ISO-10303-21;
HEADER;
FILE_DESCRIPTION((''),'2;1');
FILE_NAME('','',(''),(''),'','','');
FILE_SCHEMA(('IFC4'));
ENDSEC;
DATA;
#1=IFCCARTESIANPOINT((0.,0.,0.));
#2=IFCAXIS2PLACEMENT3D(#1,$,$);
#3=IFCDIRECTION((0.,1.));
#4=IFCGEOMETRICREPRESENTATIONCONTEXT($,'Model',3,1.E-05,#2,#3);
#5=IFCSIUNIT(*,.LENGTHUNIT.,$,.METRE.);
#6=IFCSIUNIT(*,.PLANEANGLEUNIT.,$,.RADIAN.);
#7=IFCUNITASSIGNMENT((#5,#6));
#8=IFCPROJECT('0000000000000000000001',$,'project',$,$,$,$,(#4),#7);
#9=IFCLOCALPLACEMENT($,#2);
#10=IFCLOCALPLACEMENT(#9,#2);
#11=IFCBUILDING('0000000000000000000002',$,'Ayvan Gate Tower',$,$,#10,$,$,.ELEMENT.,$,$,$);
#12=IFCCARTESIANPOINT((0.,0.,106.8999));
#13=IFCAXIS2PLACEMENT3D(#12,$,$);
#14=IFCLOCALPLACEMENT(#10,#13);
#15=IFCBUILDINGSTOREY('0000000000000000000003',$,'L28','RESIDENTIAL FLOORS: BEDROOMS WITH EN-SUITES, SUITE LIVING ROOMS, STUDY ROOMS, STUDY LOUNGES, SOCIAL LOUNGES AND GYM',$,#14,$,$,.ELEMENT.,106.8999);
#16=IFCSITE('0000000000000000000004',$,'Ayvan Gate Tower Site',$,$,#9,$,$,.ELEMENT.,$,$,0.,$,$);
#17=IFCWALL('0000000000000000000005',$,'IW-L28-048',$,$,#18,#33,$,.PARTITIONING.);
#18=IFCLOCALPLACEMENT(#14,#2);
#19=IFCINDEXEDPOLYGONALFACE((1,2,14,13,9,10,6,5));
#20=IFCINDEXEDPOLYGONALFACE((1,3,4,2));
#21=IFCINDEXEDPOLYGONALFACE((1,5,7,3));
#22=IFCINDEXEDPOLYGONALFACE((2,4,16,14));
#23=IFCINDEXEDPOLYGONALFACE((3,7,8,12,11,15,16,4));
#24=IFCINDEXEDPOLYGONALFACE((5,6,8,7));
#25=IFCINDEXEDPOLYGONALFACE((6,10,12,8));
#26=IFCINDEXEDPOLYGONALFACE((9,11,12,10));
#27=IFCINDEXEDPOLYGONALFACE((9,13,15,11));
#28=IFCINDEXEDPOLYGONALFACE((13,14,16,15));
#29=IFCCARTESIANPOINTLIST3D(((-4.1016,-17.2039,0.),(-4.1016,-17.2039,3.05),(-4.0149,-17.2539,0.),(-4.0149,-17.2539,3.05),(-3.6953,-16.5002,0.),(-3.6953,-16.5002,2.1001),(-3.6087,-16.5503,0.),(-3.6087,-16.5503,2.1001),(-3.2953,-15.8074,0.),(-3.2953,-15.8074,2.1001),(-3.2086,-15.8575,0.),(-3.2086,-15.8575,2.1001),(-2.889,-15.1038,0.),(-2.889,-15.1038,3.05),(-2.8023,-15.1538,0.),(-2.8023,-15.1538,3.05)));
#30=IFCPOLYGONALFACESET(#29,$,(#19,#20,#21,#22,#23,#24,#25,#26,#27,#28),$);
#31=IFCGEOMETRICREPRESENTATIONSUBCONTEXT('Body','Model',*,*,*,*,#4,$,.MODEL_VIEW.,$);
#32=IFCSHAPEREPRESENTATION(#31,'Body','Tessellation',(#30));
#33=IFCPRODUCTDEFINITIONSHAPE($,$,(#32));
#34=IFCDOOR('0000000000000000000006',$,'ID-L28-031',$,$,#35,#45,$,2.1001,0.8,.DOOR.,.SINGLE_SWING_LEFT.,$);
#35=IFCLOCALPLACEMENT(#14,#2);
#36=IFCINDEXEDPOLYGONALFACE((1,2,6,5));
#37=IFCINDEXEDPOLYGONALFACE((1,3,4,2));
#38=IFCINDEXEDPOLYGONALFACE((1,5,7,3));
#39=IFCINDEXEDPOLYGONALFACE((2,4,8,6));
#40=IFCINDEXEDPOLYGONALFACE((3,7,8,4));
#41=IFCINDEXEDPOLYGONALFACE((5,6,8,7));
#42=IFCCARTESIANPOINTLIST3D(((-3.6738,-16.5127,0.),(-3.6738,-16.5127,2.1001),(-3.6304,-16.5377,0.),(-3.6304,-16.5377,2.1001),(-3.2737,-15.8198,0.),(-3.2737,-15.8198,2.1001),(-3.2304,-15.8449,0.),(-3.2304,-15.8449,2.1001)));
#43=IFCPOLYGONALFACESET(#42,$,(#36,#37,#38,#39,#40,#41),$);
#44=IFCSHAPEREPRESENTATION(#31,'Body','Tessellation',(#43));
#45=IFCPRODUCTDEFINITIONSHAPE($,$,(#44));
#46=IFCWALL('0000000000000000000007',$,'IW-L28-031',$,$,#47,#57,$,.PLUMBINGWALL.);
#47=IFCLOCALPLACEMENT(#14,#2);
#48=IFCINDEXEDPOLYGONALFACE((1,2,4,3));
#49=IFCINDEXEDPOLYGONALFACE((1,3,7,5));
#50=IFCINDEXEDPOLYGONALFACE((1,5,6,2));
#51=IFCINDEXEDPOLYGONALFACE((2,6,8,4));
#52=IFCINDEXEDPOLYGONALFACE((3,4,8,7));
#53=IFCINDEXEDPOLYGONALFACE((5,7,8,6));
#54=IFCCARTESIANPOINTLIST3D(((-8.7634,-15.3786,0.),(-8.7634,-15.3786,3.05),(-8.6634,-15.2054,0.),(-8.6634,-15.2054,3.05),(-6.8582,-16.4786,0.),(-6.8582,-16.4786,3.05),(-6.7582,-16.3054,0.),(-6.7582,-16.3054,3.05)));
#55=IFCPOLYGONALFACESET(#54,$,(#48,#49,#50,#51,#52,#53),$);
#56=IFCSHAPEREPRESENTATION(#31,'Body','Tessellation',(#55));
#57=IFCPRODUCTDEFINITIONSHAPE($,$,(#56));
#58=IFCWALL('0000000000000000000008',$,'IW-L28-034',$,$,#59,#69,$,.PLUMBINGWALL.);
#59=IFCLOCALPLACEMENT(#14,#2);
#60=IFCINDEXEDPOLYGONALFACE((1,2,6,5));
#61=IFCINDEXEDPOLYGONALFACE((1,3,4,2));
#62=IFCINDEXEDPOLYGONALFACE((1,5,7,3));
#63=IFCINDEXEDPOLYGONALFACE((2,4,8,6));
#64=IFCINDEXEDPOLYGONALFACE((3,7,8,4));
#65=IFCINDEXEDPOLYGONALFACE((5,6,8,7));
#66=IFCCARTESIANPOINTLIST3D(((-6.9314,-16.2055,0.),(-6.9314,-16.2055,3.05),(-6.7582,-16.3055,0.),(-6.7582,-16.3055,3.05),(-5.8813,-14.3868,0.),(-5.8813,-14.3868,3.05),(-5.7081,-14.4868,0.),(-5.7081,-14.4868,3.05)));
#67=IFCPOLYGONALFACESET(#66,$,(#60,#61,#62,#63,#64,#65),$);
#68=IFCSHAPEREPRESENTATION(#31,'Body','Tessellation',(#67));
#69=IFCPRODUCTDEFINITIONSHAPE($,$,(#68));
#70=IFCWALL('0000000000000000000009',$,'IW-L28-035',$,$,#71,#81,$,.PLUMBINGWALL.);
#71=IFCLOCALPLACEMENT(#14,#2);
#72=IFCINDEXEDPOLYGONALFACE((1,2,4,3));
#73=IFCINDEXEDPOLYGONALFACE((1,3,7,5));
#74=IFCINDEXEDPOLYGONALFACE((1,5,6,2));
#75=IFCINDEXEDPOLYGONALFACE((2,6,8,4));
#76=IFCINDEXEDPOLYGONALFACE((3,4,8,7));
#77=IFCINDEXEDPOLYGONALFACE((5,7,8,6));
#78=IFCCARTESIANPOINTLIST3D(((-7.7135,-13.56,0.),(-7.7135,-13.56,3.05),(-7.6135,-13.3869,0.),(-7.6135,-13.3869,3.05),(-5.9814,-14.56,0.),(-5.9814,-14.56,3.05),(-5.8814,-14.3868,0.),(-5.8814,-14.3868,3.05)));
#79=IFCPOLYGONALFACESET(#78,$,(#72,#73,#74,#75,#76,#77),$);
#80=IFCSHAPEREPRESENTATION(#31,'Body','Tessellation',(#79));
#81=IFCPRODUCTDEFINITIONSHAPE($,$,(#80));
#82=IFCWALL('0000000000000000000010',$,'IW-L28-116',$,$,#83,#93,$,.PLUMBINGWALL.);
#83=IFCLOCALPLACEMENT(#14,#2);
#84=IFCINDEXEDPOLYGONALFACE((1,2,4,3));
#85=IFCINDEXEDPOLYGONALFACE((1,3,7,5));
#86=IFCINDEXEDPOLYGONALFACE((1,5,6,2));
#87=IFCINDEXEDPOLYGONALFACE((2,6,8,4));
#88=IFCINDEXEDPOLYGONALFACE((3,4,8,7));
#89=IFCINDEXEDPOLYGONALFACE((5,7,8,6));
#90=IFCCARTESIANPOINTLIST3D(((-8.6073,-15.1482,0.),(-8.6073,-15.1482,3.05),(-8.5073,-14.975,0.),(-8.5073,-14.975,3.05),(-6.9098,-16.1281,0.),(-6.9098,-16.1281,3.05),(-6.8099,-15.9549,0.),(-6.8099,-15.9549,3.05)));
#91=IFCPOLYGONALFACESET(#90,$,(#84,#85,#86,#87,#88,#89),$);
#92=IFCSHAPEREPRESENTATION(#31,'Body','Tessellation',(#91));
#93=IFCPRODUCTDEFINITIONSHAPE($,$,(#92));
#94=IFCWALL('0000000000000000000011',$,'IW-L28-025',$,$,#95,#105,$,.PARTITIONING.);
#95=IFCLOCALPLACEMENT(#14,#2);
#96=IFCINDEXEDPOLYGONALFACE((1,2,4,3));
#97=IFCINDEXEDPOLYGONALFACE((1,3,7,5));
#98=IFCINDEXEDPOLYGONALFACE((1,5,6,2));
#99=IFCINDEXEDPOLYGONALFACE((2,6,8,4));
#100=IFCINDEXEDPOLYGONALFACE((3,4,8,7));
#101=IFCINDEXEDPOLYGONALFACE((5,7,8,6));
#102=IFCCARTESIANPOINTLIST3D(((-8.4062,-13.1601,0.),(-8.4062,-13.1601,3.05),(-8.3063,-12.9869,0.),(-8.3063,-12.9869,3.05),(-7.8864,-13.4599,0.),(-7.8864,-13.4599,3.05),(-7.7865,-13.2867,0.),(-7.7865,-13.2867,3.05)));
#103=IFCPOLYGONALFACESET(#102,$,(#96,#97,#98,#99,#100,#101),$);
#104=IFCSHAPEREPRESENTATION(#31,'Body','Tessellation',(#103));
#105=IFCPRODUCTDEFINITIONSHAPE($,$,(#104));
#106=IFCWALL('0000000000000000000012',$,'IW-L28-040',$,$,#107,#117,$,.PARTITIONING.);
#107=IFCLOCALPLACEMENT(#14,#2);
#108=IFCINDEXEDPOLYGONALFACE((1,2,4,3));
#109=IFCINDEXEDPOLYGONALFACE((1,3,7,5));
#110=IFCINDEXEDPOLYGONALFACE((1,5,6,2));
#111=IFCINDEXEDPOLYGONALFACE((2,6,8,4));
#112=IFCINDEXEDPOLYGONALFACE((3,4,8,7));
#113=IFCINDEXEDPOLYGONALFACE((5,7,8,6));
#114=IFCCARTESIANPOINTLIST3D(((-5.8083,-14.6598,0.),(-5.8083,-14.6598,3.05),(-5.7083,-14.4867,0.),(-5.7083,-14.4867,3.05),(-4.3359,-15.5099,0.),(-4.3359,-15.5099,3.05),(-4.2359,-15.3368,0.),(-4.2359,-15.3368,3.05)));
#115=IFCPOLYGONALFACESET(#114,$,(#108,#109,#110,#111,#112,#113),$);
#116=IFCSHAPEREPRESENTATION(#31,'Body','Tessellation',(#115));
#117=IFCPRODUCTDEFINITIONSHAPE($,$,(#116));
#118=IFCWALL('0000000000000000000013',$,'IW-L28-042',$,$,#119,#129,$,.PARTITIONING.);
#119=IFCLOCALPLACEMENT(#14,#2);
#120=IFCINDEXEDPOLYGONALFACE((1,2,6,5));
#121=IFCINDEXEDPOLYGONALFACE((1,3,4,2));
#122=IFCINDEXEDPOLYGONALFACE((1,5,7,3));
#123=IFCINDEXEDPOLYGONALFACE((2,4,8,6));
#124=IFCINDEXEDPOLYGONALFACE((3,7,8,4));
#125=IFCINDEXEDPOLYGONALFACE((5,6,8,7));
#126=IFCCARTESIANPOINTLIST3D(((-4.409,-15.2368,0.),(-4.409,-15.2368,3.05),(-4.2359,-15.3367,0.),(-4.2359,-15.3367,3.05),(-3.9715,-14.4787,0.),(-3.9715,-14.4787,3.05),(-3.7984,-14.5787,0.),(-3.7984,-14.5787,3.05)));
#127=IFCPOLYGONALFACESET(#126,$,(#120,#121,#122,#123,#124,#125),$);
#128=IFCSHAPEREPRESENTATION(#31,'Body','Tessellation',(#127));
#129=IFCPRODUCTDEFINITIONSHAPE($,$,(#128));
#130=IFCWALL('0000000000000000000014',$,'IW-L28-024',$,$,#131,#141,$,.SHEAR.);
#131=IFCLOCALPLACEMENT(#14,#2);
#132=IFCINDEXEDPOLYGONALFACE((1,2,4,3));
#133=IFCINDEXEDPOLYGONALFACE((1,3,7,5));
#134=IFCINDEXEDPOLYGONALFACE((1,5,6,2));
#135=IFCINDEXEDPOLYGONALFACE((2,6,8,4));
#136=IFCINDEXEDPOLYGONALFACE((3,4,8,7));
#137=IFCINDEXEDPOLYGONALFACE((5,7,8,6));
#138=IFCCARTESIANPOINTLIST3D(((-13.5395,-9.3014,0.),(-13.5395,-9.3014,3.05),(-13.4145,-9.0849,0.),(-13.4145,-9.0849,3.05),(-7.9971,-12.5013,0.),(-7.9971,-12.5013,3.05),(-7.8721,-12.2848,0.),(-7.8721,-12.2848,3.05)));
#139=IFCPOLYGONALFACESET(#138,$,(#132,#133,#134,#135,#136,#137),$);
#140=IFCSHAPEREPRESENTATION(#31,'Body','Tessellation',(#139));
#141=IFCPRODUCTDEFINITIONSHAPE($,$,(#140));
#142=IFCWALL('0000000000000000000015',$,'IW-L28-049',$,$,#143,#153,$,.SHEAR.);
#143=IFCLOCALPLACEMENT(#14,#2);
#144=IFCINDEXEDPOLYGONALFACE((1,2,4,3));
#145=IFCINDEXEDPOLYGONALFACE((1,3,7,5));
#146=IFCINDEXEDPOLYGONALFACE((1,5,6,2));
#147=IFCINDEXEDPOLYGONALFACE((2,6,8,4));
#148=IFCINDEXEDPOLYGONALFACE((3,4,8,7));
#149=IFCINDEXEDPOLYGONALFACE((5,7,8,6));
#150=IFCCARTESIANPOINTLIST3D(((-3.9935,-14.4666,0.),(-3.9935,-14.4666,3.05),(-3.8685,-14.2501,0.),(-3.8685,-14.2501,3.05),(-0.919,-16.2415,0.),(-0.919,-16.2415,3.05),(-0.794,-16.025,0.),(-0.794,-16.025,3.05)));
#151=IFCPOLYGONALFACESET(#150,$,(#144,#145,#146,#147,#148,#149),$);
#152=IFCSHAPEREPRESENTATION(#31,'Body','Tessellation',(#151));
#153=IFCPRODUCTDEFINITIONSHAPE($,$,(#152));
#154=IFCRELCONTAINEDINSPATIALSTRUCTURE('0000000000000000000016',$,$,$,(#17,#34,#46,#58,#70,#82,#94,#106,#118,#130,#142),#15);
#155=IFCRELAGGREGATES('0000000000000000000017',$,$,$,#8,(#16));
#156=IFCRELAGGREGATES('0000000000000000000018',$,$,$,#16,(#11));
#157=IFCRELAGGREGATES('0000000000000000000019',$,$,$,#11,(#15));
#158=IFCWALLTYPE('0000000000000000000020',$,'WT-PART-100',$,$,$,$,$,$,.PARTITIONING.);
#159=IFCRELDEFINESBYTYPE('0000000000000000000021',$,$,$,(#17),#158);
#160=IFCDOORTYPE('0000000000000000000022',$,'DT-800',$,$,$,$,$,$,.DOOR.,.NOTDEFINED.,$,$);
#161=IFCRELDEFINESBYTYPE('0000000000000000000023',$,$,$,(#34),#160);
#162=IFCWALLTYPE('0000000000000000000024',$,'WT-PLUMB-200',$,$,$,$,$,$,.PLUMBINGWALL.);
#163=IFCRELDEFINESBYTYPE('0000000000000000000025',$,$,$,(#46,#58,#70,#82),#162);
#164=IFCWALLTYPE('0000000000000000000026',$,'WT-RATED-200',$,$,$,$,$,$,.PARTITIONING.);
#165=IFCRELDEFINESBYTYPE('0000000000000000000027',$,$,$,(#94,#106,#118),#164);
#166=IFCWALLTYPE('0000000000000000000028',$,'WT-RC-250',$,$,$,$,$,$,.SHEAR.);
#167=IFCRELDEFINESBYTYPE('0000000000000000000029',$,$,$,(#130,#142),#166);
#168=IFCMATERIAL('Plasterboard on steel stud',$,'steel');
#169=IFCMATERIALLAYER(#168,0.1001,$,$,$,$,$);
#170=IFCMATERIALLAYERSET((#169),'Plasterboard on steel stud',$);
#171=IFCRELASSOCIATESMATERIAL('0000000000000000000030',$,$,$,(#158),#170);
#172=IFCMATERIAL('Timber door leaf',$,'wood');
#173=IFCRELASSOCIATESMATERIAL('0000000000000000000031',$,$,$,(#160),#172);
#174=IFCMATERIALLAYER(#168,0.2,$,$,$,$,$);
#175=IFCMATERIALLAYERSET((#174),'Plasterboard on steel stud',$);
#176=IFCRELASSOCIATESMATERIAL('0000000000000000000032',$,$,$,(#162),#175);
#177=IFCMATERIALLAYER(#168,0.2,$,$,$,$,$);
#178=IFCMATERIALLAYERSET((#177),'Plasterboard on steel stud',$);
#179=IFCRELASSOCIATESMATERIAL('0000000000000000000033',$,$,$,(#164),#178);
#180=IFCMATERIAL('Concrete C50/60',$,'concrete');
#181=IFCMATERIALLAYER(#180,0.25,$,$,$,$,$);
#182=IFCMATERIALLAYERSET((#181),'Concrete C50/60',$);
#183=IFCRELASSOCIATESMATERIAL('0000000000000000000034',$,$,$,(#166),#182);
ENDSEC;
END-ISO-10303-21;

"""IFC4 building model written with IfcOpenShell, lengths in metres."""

from ifc_helpers import new_model, si_unit, direction, frame, frame_2d, origin, place, context, subcontext, project, spatial, rectangle, extrude, material, layer, layer_set, type_object, element, fill, save


model = new_model("IFC4")

# Units and contexts
model_context = context("Model", 3, precision=1e-05, world=origin(), true_north=direction((0.0, 1.0)))
body_context = subcontext(model_context, "Body", "Model", "MODEL_VIEW")
ifc_project = project(units=[si_unit("LENGTHUNIT", "METRE"), si_unit("PLANEANGLEUNIT", "RADIAN")], contexts=[model_context])

# Site, building, storey
site_placement = place(None, origin())
site = spatial("IfcSite", under=ifc_project, at=site_placement, Name="Ayvan Gate Tower Site", CompositionType="ELEMENT", RefElevation=0.0)
building_placement = place(site_placement, origin())
building = spatial("IfcBuilding", under=site, at=building_placement, Name="Ayvan Gate Tower", CompositionType="ELEMENT")
storey_placement = place(building_placement, frame((0.0, 0.0, 106.8999)))
storey = spatial("IfcBuildingStorey", under=building, at=storey_placement, Name="L28", Description="RESIDENTIAL FLOORS: BEDROOMS WITH EN-SUITES, SUITE LIVING ROOMS, STUDY ROOMS, STUDY LOUNGES, SOCIAL LOUNGES AND GYM", CompositionType="ELEMENT", Elevation=106.8999)

# Shared definitions
ifc_material_1 = material(Name="Plasterboard on steel stud", Category="steel")
ifc_layer_1 = layer(ifc_material_1, 0.1001)
ifc_layer_set_1 = layer_set([ifc_layer_1], Name="Plasterboard on steel stud")
wall_type_1 = type_object("IfcWallType", Name="WT-PART-100", PredefinedType="PARTITIONING", material=ifc_layer_set_1)

# Wall, opening, door
ifc_material_2 = material(Name="Timber door leaf", Category="wood")
wall_1_placement = place(storey_placement, frame((-2.8457, -15.1289, 0.0), z_axis=(0.0, 0.0, 1.0), x_axis=(-0.500048, -0.865998, 0.0)))
wall_1 = element("IfcWall", 1, at=wall_1_placement, inside=storey, type_object=wall_type_1, Name="IW-L28-048", PredefinedType="PARTITIONING", context=body_context, shape_type="SweptSolid", body=[
    extrude(rectangle(XDim=2.425, YDim=0.1001, at=frame_2d((1.2124, 0.0))), origin(), (0.0, 0.0, 1.0), 3.05),
])
opening_1_placement = place(wall_1_placement, frame((0.8125, 0.0, 0.0)))
opening_1 = element("IfcOpeningElement", 2, at=opening_1_placement, cuts=wall_1, PredefinedType="OPENING", context=body_context, shape_type="SweptSolid", body=[
    extrude(rectangle(XDim=0.8, YDim=2.1001, at=frame_2d((0.3999, 1.05))), frame((0.0, 0.0601, 0.0), z_axis=(0.0, -1.0, 0.0), x_axis=(1.0, 0.0, 0.0)), (0.0, 0.0, 1.0), 0.1201),
])
door_type_1 = type_object("IfcDoorType", Name="DT-800", OperationType="NOTDEFINED", PredefinedType="DOOR", material=ifc_material_2)
door_1_placement = place(opening_1_placement, origin())
door_1 = element("IfcDoor", 3, at=door_1_placement, inside=storey, type_object=door_type_1, Name="ID-L28-031", OperationType="SINGLE_SWING_LEFT", OverallHeight=2.1001, OverallWidth=0.8, PredefinedType="DOOR", context=body_context, shape_type="SweptSolid", body=[
    extrude(rectangle(XDim=0.8, YDim=2.1001, at=frame_2d((0.3999, 1.05))), frame((0.0, 0.0249, 0.0), z_axis=(0.0, -1.0, 0.0), x_axis=(1.0, 0.0, 0.0)), (0.0, 0.0, 1.0), 0.05),
])
fill(opening_1, door_1)

# Walls
ifc_layer_2 = layer(ifc_material_1, 0.2)
ifc_layer_set_2 = layer_set([ifc_layer_2], Name="Plasterboard on steel stud")
wall_type_2 = type_object("IfcWallType", Name="WT-PLUMB-200", PredefinedType="PLUMBINGWALL", material=ifc_layer_set_2)
wall_2_placement = place(storey_placement, frame((-6.8081, -16.3921, 0.0), z_axis=(0.0, 0.0, 1.0), x_axis=(-0.866008, 0.50003, 0.0)))
element("IfcWall", 4, at=wall_2_placement, inside=storey, type_object=wall_type_2, Name="IW-L28-031", PredefinedType="PLUMBINGWALL", context=body_context, shape_type="SweptSolid", body=[
    extrude(rectangle(XDim=2.2, YDim=0.2, at=frame_2d((1.1001, 0.0))), origin(), (0.0, 0.0, 1.0), 3.05),
])
wall_3_placement = place(storey_placement, frame((-5.7947, -14.4368, 0.0), z_axis=(0.0, 0.0, 1.0), x_axis=(-0.500028, -0.866009, 0.0)))
element("IfcWall", 5, at=wall_3_placement, inside=storey, type_object=wall_type_2, Name="IW-L28-034", PredefinedType="PLUMBINGWALL", context=body_context, shape_type="SweptSolid", body=[
    extrude(rectangle(XDim=2.1001, YDim=0.2, at=frame_2d((1.05, 0.0))), origin(), (0.0, 0.0, 1.0), 3.05),
])
wall_4_placement = place(storey_placement, frame((-5.9314, -14.4734, 0.0), z_axis=(0.0, 0.0, 1.0), x_axis=(-0.866041, 0.499973, 0.0)))
element("IfcWall", 6, at=wall_4_placement, inside=storey, type_object=wall_type_2, Name="IW-L28-035", PredefinedType="PLUMBINGWALL", context=body_context, shape_type="SweptSolid", body=[
    extrude(rectangle(XDim=2.0, YDim=0.2, at=frame_2d((1.0, 0.0))), origin(), (0.0, 0.0, 1.0), 3.05),
])
wall_5_placement = place(storey_placement, frame((-6.8599, -16.0415, 0.0), z_axis=(0.0, 0.0, 1.0), x_axis=(-0.866042, 0.49997, 0.0)))
element("IfcWall", 7, at=wall_5_placement, inside=storey, type_object=wall_type_2, Name="IW-L28-116", PredefinedType="PLUMBINGWALL", context=body_context, shape_type="SweptSolid", body=[
    extrude(rectangle(XDim=1.96, YDim=0.2, at=frame_2d((0.98, 0.0))), origin(), (0.0, 0.0, 1.0), 3.05),
])
ifc_layer_3 = layer(ifc_material_1, 0.2)
ifc_layer_set_3 = layer_set([ifc_layer_3], Name="Plasterboard on steel stud")
wall_type_3 = type_object("IfcWallType", Name="WT-RATED-200", PredefinedType="PARTITIONING", material=ifc_layer_set_3)
wall_6_placement = place(storey_placement, frame((-7.8364, -13.3733, 0.0), z_axis=(0.0, 0.0, 1.0), x_axis=(-0.866233, 0.49964, 0.0)))
element("IfcWall", 8, at=wall_6_placement, inside=storey, type_object=wall_type_3, Name="IW-L28-025", PredefinedType="PARTITIONING", context=body_context, shape_type="SweptSolid", body=[
    extrude(rectangle(XDim=0.6001, YDim=0.2, at=frame_2d((0.3, 0.0))), origin(), (0.0, 0.0, 1.0), 3.05),
])
wall_7_placement = place(storey_placement, frame((-4.2859, -15.4233, 0.0), z_axis=(0.0, 0.0, 1.0), x_axis=(-0.866025, 0.5, 0.0)))
element("IfcWall", 9, at=wall_7_placement, inside=storey, type_object=wall_type_3, Name="IW-L28-040", PredefinedType="PARTITIONING", context=body_context, shape_type="SweptSolid", body=[
    extrude(rectangle(XDim=1.7002, YDim=0.2, at=frame_2d((0.8501, 0.0))), origin(), (0.0, 0.0, 1.0), 3.05),
])
wall_8_placement = place(storey_placement, frame((-3.885, -14.5288, 0.0), z_axis=(0.0, 0.0, 1.0), x_axis=(-0.499859, -0.866107, 0.0)))
element("IfcWall", 10, at=wall_8_placement, inside=storey, type_object=wall_type_3, Name="IW-L28-042", PredefinedType="PARTITIONING", context=body_context, shape_type="SweptSolid", body=[
    extrude(rectangle(XDim=0.8752, YDim=0.2, at=frame_2d((0.4375, 0.0))), origin(), (0.0, 0.0, 1.0), 3.05),
])
ifc_material_3 = material(Name="Concrete C50/60", Category="concrete")
ifc_layer_4 = layer(ifc_material_3, 0.25)
ifc_layer_set_4 = layer_set([ifc_layer_4], Name="Concrete C50/60")
wall_type_4 = type_object("IfcWallType", Name="WT-RC-250", PredefinedType="SHEAR", material=ifc_layer_set_4)
wall_9_placement = place(storey_placement, frame((-7.9346, -12.3931, 0.0), z_axis=(0.0, 0.0, 1.0), x_axis=(-0.866025, 0.5, 0.0)))
element("IfcWall", 11, at=wall_9_placement, inside=storey, type_object=wall_type_4, Name="IW-L28-024", PredefinedType="SHEAR", context=body_context, shape_type="SweptSolid", body=[
    extrude(rectangle(XDim=6.3999, YDim=0.25, at=frame_2d((3.2, 0.0))), origin(), (0.0, 0.0, 1.0), 3.05),
])
wall_10_placement = place(storey_placement, frame((-3.9309, -14.3584, 0.0), z_axis=(0.0, 0.0, 1.0), x_axis=(0.866042, -0.49997, 0.0)))
element("IfcWall", 12, at=wall_10_placement, inside=storey, type_object=wall_type_4, Name="IW-L28-049", PredefinedType="SHEAR", context=body_context, shape_type="SweptSolid", body=[
    extrude(rectangle(XDim=3.55, YDim=0.25, at=frame_2d((1.7749, 0.0))), origin(), (0.0, 0.0, 1.0), 3.05),
])

save(model, "model.ifc")
